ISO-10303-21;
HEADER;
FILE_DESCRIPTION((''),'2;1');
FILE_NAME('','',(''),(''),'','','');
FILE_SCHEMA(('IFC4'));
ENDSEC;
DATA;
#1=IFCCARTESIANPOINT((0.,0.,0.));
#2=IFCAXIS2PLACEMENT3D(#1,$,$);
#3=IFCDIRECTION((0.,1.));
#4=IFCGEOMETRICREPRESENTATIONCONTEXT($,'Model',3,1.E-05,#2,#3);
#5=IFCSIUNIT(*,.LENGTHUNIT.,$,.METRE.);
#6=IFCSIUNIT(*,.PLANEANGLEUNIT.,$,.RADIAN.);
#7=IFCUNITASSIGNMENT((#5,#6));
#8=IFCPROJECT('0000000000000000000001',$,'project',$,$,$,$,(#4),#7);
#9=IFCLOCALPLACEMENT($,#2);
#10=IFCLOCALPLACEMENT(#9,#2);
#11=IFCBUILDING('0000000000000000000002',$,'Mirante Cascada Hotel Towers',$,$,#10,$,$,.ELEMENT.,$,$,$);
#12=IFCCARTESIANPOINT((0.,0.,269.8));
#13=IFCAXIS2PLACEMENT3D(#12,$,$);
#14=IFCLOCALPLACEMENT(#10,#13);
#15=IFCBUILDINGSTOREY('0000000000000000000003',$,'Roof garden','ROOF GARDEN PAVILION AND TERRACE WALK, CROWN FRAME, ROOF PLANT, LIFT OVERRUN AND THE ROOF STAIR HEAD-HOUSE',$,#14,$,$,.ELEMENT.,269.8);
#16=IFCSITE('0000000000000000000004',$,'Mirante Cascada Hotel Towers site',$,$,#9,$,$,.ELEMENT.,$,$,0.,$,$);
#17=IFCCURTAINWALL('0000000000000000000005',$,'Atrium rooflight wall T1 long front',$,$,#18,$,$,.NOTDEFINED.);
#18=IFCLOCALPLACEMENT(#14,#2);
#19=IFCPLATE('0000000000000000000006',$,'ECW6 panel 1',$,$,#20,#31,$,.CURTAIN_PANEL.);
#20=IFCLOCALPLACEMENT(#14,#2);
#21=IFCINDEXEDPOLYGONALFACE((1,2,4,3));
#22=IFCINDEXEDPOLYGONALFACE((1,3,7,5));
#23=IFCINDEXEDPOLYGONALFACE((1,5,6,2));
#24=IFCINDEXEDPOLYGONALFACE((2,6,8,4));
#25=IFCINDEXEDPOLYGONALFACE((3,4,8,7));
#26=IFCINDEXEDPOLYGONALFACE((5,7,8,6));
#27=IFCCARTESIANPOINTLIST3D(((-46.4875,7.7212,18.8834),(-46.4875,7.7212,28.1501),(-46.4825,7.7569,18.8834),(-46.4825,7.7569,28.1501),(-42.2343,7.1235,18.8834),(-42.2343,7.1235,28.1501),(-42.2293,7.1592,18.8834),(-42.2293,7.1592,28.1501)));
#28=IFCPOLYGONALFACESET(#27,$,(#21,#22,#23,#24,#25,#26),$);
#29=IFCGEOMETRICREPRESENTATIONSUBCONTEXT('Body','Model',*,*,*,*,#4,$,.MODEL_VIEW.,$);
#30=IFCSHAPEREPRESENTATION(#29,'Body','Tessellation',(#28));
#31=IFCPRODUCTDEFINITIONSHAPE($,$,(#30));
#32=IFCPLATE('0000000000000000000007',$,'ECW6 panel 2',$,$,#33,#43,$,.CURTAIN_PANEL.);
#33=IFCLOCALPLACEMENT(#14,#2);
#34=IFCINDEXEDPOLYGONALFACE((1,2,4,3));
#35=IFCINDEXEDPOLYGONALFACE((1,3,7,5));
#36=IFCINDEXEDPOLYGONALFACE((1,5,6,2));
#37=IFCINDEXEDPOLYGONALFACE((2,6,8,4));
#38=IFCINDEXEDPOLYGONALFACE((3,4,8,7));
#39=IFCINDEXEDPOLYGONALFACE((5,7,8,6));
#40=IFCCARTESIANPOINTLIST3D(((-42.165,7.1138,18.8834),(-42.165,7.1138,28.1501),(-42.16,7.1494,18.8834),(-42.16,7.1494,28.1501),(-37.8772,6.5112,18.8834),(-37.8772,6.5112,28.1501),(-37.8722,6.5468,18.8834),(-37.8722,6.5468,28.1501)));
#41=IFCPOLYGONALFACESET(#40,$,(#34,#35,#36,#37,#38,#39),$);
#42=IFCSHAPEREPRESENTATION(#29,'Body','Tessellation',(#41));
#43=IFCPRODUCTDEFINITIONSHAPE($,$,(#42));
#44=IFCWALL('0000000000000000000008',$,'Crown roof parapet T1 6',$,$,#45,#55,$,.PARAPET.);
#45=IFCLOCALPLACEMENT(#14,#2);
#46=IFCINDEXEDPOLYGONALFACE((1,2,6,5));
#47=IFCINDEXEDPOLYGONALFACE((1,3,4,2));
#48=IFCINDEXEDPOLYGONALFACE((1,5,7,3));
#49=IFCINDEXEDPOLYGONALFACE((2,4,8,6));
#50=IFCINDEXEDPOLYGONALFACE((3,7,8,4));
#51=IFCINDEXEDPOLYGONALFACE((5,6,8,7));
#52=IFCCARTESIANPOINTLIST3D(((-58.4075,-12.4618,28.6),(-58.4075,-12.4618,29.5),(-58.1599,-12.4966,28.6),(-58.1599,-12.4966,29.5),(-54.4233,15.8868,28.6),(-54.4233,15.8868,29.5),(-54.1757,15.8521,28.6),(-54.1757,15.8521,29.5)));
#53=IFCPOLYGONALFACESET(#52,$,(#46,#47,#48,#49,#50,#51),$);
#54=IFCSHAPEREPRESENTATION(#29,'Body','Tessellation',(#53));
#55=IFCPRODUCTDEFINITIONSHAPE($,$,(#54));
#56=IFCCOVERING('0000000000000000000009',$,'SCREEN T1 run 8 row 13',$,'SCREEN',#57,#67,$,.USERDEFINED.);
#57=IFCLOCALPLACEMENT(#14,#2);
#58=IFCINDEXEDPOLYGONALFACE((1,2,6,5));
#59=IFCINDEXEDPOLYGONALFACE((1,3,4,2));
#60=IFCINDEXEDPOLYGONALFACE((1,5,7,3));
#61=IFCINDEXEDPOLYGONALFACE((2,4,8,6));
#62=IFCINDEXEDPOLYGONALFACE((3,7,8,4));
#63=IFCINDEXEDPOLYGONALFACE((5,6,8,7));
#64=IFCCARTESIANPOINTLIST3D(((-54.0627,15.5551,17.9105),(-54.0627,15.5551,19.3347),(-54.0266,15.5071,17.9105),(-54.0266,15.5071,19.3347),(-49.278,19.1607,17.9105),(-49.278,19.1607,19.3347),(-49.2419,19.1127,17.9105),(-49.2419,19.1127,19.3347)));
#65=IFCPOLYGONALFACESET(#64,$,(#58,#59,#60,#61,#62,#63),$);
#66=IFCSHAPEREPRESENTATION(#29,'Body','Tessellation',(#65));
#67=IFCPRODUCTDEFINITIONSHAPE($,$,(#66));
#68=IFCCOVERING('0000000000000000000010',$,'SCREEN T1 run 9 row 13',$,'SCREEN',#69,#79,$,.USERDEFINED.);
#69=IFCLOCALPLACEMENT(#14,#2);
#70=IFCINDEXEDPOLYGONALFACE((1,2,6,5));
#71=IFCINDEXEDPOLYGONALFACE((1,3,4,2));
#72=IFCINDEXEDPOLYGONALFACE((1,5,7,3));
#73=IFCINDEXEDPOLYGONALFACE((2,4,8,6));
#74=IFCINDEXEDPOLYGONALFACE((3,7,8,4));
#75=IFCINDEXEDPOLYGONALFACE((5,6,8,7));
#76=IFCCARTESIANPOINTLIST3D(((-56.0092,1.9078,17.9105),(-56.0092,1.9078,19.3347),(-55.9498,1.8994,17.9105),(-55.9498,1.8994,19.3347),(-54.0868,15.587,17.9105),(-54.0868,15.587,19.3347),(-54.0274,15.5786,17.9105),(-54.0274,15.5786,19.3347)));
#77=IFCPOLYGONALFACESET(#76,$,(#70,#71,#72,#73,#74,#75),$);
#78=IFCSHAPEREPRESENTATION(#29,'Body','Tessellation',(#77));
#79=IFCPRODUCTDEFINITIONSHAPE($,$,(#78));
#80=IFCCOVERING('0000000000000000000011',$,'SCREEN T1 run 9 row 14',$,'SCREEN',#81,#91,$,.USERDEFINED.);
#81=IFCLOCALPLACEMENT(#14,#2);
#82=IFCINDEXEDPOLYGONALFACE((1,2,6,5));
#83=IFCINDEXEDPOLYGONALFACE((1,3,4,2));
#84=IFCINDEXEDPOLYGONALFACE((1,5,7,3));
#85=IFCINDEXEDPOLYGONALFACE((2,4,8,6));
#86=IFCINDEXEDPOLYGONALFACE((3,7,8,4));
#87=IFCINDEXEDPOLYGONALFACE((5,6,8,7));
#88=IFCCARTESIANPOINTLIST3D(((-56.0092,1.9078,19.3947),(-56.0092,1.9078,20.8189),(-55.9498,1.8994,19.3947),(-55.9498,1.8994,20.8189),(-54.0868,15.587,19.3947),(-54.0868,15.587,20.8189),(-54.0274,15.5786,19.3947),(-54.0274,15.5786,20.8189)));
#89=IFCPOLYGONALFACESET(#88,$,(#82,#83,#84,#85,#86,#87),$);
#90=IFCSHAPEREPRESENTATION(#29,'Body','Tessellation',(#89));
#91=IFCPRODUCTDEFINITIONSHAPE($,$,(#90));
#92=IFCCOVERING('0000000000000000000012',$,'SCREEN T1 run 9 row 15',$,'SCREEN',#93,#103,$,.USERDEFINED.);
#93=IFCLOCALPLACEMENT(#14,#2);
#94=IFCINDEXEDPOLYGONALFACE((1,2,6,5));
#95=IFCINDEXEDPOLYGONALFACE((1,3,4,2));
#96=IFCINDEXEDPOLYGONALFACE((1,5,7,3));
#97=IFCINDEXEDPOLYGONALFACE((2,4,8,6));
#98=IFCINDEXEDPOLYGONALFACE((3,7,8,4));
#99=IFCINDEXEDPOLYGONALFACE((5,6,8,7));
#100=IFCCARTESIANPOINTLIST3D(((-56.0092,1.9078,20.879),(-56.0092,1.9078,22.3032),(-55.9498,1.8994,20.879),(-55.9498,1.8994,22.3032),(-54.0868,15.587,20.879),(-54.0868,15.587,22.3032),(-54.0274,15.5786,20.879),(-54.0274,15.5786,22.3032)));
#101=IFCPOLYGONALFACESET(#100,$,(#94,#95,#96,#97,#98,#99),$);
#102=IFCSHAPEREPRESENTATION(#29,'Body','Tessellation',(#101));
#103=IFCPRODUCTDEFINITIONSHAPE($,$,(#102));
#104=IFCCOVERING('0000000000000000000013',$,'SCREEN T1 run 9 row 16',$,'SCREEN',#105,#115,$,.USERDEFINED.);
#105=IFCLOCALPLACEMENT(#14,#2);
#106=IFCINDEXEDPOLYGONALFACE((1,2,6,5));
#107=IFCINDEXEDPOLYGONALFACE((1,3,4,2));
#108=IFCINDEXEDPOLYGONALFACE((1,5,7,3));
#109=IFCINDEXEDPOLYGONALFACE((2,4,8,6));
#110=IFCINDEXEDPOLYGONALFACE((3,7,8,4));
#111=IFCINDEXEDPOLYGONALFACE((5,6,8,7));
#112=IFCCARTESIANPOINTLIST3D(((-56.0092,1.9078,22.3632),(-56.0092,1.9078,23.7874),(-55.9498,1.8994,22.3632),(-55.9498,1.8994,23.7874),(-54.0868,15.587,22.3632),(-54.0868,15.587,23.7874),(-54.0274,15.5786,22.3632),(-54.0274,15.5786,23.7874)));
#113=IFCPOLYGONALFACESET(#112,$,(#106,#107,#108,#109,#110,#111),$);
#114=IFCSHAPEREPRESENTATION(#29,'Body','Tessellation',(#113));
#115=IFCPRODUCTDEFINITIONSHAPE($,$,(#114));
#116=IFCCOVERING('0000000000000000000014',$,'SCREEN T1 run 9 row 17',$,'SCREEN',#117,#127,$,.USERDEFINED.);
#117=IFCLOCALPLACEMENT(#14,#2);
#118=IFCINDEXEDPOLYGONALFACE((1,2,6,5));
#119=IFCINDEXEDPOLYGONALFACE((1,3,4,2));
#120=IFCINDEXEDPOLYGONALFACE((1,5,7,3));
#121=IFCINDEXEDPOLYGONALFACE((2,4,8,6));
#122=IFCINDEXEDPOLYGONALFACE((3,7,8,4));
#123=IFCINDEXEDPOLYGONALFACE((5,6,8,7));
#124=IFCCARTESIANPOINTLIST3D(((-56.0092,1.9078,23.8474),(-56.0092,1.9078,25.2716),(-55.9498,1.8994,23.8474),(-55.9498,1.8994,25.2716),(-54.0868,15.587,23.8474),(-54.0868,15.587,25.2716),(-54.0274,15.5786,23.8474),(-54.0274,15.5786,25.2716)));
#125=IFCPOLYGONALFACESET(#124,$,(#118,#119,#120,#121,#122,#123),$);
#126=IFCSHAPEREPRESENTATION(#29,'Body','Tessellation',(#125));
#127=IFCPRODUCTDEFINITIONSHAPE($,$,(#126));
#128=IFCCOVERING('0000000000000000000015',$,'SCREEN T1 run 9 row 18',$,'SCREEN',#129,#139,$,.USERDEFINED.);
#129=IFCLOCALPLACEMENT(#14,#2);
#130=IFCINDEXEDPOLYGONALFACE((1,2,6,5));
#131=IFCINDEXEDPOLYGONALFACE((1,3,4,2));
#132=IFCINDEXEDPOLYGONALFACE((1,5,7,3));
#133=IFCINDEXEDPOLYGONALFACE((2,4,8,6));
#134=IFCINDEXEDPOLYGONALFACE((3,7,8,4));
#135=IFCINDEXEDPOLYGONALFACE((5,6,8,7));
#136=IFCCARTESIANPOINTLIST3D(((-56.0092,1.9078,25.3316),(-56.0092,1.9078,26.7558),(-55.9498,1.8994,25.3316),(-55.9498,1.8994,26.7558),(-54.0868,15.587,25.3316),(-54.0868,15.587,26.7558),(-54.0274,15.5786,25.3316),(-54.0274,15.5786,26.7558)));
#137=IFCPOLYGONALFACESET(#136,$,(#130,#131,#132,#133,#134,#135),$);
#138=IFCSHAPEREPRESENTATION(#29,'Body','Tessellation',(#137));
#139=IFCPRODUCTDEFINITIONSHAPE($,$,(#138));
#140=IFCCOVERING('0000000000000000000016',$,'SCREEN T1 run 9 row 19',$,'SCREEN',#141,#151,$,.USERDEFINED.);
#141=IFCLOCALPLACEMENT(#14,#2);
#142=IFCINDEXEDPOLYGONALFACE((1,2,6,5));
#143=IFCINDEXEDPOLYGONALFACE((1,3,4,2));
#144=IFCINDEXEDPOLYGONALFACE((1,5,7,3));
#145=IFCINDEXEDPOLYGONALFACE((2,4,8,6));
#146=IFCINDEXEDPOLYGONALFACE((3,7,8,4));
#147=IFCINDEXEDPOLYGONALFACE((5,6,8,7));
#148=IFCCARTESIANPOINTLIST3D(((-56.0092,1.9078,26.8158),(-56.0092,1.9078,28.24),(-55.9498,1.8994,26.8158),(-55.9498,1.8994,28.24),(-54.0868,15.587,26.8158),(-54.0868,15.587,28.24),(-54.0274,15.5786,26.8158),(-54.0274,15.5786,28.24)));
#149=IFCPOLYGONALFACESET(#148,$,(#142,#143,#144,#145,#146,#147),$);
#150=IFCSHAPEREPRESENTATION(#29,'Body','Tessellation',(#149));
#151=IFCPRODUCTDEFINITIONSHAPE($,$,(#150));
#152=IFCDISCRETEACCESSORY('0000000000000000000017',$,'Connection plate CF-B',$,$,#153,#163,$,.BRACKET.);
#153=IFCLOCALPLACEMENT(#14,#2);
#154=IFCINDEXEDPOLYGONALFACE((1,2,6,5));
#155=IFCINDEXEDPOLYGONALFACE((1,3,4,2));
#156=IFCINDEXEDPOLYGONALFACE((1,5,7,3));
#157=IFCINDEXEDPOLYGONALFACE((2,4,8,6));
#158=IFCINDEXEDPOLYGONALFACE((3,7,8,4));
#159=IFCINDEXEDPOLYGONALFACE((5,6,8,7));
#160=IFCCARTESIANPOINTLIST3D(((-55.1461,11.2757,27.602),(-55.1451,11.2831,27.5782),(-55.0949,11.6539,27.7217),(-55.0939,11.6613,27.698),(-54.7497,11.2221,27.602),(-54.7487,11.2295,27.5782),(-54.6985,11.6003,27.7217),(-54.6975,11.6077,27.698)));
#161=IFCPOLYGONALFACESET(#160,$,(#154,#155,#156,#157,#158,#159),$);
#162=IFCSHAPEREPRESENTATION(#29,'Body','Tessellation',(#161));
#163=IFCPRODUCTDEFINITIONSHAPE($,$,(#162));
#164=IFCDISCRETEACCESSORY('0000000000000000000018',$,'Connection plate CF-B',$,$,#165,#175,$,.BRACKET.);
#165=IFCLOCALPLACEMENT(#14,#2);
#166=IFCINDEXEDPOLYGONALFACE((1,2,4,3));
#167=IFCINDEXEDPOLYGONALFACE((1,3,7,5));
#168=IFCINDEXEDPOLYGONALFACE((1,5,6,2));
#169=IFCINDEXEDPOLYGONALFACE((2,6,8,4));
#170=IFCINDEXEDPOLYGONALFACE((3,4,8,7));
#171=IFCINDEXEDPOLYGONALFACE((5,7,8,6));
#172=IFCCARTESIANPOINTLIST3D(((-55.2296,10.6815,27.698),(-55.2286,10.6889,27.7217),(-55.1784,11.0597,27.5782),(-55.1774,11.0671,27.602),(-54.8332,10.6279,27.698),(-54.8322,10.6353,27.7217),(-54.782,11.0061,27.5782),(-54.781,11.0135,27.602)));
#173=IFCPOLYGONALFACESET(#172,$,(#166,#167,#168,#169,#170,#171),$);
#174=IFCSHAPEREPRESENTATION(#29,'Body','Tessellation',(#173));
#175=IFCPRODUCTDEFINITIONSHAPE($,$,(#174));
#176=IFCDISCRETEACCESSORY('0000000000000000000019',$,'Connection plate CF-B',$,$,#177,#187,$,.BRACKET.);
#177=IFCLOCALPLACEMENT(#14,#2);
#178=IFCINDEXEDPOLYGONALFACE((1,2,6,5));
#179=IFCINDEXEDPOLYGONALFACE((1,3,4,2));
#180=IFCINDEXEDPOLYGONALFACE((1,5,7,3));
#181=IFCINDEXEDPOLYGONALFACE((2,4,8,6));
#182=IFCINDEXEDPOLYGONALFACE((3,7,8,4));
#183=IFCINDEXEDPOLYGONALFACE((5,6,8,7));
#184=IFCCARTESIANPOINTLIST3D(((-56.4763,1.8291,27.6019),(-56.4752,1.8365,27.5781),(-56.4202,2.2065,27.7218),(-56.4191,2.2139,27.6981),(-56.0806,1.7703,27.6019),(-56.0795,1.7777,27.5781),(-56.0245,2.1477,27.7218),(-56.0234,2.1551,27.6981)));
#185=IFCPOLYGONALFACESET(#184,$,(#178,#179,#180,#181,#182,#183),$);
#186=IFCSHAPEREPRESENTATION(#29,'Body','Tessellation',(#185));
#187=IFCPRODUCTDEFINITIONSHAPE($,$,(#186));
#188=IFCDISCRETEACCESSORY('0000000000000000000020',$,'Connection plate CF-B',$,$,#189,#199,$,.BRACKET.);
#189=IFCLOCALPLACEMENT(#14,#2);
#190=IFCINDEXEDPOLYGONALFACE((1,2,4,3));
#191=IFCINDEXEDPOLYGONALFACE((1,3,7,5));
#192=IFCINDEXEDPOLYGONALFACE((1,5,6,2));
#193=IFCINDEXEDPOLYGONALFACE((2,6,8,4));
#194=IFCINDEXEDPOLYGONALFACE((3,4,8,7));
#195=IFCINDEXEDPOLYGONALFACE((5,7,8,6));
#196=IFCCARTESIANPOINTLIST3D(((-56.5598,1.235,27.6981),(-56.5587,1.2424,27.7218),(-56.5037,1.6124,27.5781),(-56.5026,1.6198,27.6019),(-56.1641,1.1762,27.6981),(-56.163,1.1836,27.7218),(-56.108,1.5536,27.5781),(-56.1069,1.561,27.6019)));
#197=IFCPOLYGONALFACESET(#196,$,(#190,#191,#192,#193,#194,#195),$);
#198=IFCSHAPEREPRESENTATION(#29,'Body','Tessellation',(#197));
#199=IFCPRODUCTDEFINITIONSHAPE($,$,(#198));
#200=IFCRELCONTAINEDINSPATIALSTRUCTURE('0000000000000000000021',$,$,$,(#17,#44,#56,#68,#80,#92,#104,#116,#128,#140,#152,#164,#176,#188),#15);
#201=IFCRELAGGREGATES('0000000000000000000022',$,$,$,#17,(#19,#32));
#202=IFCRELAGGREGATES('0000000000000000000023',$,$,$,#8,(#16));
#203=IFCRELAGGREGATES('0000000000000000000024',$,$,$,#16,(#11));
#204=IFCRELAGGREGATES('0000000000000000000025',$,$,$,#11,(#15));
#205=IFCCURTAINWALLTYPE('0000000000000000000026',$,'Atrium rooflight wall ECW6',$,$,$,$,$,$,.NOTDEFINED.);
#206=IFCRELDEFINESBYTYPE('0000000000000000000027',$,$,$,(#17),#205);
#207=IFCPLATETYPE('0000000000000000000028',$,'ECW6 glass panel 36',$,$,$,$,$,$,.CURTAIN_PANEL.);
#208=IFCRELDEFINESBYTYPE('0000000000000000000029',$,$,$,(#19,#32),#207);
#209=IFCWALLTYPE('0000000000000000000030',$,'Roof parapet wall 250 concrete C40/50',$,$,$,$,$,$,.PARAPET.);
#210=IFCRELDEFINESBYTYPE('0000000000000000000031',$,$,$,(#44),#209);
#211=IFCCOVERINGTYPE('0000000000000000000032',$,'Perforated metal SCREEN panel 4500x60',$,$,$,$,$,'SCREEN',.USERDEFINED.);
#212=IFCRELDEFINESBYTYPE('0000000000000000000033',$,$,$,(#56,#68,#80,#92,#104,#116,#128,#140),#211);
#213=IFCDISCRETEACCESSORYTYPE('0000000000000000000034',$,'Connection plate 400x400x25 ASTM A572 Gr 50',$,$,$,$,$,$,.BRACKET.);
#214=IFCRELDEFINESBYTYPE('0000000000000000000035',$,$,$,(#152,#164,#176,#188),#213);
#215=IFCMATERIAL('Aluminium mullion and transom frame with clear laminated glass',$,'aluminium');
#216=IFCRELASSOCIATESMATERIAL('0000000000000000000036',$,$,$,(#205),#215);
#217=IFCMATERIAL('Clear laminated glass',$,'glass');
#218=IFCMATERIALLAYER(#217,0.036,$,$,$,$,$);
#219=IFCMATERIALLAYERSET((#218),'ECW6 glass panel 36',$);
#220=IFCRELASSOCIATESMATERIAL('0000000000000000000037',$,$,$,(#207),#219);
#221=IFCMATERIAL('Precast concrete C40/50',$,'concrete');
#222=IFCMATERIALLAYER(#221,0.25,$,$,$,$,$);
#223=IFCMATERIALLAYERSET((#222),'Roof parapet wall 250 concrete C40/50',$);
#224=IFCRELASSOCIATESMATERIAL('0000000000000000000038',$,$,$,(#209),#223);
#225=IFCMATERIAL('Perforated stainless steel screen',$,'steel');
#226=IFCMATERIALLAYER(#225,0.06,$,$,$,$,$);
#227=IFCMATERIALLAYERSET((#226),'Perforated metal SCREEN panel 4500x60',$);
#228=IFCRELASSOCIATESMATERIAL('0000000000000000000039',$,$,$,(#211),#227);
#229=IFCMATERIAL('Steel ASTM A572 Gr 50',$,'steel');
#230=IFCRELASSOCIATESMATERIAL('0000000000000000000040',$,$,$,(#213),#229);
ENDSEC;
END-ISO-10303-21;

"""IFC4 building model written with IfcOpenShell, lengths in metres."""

from ifc_helpers import new_model, si_unit, direction, frame, frame_2d, origin, origin_2d, place, context, subcontext, project, spatial, rectangle, extrude, material, layer, layer_set, material_profile, profile_set, type_object, element, aggregate, save


model = new_model("IFC4")

# Units and contexts
model_context = context("Model", 3, precision=1e-05, world=origin(), true_north=direction((0.0, 1.0)))
body_context = subcontext(model_context, "Body", "Model", "MODEL_VIEW")
ifc_project = project(units=[si_unit("LENGTHUNIT", "METRE"), si_unit("PLANEANGLEUNIT", "RADIAN")], contexts=[model_context])

# Site, building, storey
site_placement = place(None, origin())
site = spatial("IfcSite", under=ifc_project, at=site_placement, Name="Mirante Cascada Hotel Towers site", CompositionType="ELEMENT", RefElevation=0.0)
building_placement = place(site_placement, origin())
building = spatial("IfcBuilding", under=site, at=building_placement, Name="Mirante Cascada Hotel Towers", CompositionType="ELEMENT")
storey_placement = place(building_placement, frame((0.0, 0.0, 269.8)))
storey = spatial("IfcBuildingStorey", under=building, at=storey_placement, Name="Roof garden", Description="ROOF GARDEN PAVILION AND TERRACE WALK, CROWN FRAME, ROOF PLANT, LIFT OVERRUN AND THE ROOF STAIR HEAD-HOUSE", CompositionType="ELEMENT", Elevation=269.8)

# Curtain wall
ifc_material_1 = material(Name="Aluminium mullion and transom frame with clear laminated glass", Category="aluminium")
curtain_wall_type = type_object("IfcCurtainWallType", Name="Atrium rooflight wall ECW6", PredefinedType="NOTDEFINED", material=ifc_material_1)
curtain_wall_1_placement = place(storey_placement, origin())
curtain_wall_1 = element("IfcCurtainWall", 1, at=curtain_wall_1_placement, inside=storey, type_object=curtain_wall_type, Name="Atrium rooflight wall T1 long front", PredefinedType="NOTDEFINED")

# Plates
ifc_material_2 = material(Name="Clear laminated glass", Category="glass")
ifc_layer_1 = layer(ifc_material_2, 0.036)
ifc_layer_set_1 = layer_set([ifc_layer_1], Name="ECW6 glass panel 36")
plate_type = type_object("IfcPlateType", Name="ECW6 glass panel 36", PredefinedType="CURTAIN_PANEL", material=ifc_layer_set_1)
plate_1_placement = place(storey_placement, frame((-44.3584, 7.4402, 18.8834), z_axis=(0.0, 0.0, 1.0), x_axis=(0.990268, -0.139173, 0.0)))
plate_1 = element("IfcPlate", 2, at=plate_1_placement, type_object=plate_type, Name="ECW6 panel 1", PredefinedType="CURTAIN_PANEL", context=body_context, shape_type="SweptSolid", body=[
    extrude(rectangle(XDim=4.295, YDim=0.036, at=origin_2d()), origin(), (0.0, 0.0, 1.0), 9.2667),
])
plate_2_placement = place(storey_placement, frame((-40.0186, 6.8303, 18.8834), z_axis=(0.0, 0.0, 1.0), x_axis=(0.990268, -0.139173, 0.0)))
plate_2 = element("IfcPlate", 3, at=plate_2_placement, type_object=plate_type, Name="ECW6 panel 2", PredefinedType="CURTAIN_PANEL", context=body_context, shape_type="SweptSolid", body=[
    extrude(rectangle(XDim=4.33, YDim=0.036, at=origin_2d()), origin(), (0.0, 0.0, 1.0), 9.2667),
])
aggregate(curtain_wall_1, [plate_1, plate_2])

# Wall
ifc_material_3 = material(Name="Precast concrete C40/50", Category="concrete")
ifc_layer_2 = layer(ifc_material_3, 0.25)
ifc_layer_set_2 = layer_set([ifc_layer_2], Name="Roof parapet wall 250 concrete C40/50")
wall_type = type_object("IfcWallType", Name="Roof parapet wall 250 concrete C40/50", PredefinedType="PARAPET", material=ifc_layer_set_2)
wall_placement = place(storey_placement, frame((-54.2995, 15.8694, 28.6), z_axis=(0.0, 0.0, 1.0), x_axis=(-0.139175, -0.990268, 0.0)))
element("IfcWall", 4, at=wall_placement, inside=storey, type_object=wall_type, Name="Crown roof parapet T1 6", PredefinedType="PARAPET", context=body_context, shape_type="SweptSolid", body=[
    extrude(rectangle(XDim=28.6273, YDim=0.25, at=frame_2d((14.3136, 0.0))), origin(), (0.0, 0.0, 1.0), 0.9),
])

# Coverings
ifc_material_4 = material(Name="Perforated stainless steel screen", Category="steel")
ifc_layer_3 = layer(ifc_material_4, 0.06)
ifc_layer_set_3 = layer_set([ifc_layer_3], Name="Perforated metal SCREEN panel 4500x60")
covering_type = type_object("IfcCoveringType", Name="Perforated metal SCREEN panel 4500x60", ElementType="SCREEN", PredefinedType="USERDEFINED", material=ifc_layer_set_3)
covering_placement = place(storey_placement, frame((-51.6523, 17.3339, 17.9105), z_axis=(0.0, 0.0, 1.0), x_axis=(-0.798636, -0.601815, 0.0)))
element("IfcCovering", 5, at=covering_placement, inside=storey, type_object=covering_type, Name="SCREEN T1 run 8 row 13", ObjectType="SCREEN", PredefinedType="USERDEFINED", context=body_context, shape_type="SweptSolid", body=[
    extrude(rectangle(XDim=5.9912, YDim=0.06, at=origin_2d()), origin(), (0.0, 0.0, 1.0), 1.4242),
])
for number, where, z_axis, x_axis, name in (
    (6, (-55.0183, 8.7432, 17.9105), (0.0, 0.0, 1.0), (-0.139173, -0.990268, 0.0), "SCREEN T1 run 9 row 13"),
    (7, (-55.0183, 8.7432, 19.3947), (0.0, 0.0, 1.0), (-0.139173, -0.990268, 0.0), "SCREEN T1 run 9 row 14"),
    (8, (-55.0183, 8.7432, 20.879), (0.0, 0.0, 1.0), (-0.139173, -0.990268, 0.0), "SCREEN T1 run 9 row 15"),
    (9, (-55.0183, 8.7432, 22.3632), (0.0, 0.0, 1.0), (-0.139173, -0.990268, 0.0), "SCREEN T1 run 9 row 16"),
    (10, (-55.0183, 8.7432, 23.8474), (0.0, 0.0, 1.0), (-0.139173, -0.990268, 0.0), "SCREEN T1 run 9 row 17"),
    (11, (-55.0183, 8.7432, 25.3316), (0.0, 0.0, 1.0), (-0.139173, -0.990268, 0.0), "SCREEN T1 run 9 row 18"),
    (12, (-55.0183, 8.7432, 26.8158), (0.0, 0.0, 1.0), (-0.139173, -0.990268, 0.0), "SCREEN T1 run 9 row 19"),
):
    element("IfcCovering", number, at=place(storey_placement, frame(where, z_axis=z_axis, x_axis=x_axis)), inside=storey, type_object=covering_type, Name=name, ObjectType="SCREEN", PredefinedType="USERDEFINED", context=body_context, shape_type="SweptSolid", body=[
        extrude(rectangle(XDim=13.8136, YDim=0.06, at=origin_2d()), origin(), (0.0, 0.0, 1.0), 1.4242),
    ])

# Discrete accessories
ifc_material_5 = material(Name="Steel ASTM A572 Gr 50", Category="steel")
ifc_material_profile_1 = material_profile(ifc_material_5, rectangle(XDim=0.4, YDim=0.4, at=origin_2d()), Name="Connection plate 400x400x25 ASTM A572 Gr 50")
ifc_profile_set_1 = profile_set([ifc_material_profile_1], Name="Steel ASTM A572 Gr 50")
discrete_accessory_type = type_object("IfcDiscreteAccessoryType", Name="Connection plate 400x400x25 ASTM A572 Gr 50", PredefinedType="BRACKET", material=ifc_profile_set_1)
for number, where, z_axis, x_axis, name in (
    (13, (-54.9213, 11.4454, 27.6381), (-0.04009, -0.296665, 0.95414), (0.990992, -0.133918, 0.0), "Connection plate CF-B"),
    (14, (-55.0058, 10.8438, 27.6381), (0.04009, 0.296665, 0.95414), (-0.990992, 0.133918, 0.0), "Connection plate CF-B"),
    (15, (-56.2493, 1.9958, 27.6381), (-0.044091, -0.296615, 0.953979), (0.989132, -0.147033, 0.0), "Connection plate CF-B"),
    (16, (-56.3339, 1.3943, 27.6381), (0.044091, 0.296615, 0.953979), (-0.989132, 0.147033, 0.0), "Connection plate CF-B"),
):
    element("IfcDiscreteAccessory", number, at=place(storey_placement, frame(where, z_axis=z_axis, x_axis=x_axis)), inside=storey, type_object=discrete_accessory_type, Name=name, PredefinedType="BRACKET", context=body_context, shape_type="SweptSolid", body=[
        extrude(rectangle(XDim=0.4, YDim=0.4, at=origin_2d()), origin(), (0.0, 0.0, 1.0), 0.0249),
    ])

save(model, "model.ifc")
